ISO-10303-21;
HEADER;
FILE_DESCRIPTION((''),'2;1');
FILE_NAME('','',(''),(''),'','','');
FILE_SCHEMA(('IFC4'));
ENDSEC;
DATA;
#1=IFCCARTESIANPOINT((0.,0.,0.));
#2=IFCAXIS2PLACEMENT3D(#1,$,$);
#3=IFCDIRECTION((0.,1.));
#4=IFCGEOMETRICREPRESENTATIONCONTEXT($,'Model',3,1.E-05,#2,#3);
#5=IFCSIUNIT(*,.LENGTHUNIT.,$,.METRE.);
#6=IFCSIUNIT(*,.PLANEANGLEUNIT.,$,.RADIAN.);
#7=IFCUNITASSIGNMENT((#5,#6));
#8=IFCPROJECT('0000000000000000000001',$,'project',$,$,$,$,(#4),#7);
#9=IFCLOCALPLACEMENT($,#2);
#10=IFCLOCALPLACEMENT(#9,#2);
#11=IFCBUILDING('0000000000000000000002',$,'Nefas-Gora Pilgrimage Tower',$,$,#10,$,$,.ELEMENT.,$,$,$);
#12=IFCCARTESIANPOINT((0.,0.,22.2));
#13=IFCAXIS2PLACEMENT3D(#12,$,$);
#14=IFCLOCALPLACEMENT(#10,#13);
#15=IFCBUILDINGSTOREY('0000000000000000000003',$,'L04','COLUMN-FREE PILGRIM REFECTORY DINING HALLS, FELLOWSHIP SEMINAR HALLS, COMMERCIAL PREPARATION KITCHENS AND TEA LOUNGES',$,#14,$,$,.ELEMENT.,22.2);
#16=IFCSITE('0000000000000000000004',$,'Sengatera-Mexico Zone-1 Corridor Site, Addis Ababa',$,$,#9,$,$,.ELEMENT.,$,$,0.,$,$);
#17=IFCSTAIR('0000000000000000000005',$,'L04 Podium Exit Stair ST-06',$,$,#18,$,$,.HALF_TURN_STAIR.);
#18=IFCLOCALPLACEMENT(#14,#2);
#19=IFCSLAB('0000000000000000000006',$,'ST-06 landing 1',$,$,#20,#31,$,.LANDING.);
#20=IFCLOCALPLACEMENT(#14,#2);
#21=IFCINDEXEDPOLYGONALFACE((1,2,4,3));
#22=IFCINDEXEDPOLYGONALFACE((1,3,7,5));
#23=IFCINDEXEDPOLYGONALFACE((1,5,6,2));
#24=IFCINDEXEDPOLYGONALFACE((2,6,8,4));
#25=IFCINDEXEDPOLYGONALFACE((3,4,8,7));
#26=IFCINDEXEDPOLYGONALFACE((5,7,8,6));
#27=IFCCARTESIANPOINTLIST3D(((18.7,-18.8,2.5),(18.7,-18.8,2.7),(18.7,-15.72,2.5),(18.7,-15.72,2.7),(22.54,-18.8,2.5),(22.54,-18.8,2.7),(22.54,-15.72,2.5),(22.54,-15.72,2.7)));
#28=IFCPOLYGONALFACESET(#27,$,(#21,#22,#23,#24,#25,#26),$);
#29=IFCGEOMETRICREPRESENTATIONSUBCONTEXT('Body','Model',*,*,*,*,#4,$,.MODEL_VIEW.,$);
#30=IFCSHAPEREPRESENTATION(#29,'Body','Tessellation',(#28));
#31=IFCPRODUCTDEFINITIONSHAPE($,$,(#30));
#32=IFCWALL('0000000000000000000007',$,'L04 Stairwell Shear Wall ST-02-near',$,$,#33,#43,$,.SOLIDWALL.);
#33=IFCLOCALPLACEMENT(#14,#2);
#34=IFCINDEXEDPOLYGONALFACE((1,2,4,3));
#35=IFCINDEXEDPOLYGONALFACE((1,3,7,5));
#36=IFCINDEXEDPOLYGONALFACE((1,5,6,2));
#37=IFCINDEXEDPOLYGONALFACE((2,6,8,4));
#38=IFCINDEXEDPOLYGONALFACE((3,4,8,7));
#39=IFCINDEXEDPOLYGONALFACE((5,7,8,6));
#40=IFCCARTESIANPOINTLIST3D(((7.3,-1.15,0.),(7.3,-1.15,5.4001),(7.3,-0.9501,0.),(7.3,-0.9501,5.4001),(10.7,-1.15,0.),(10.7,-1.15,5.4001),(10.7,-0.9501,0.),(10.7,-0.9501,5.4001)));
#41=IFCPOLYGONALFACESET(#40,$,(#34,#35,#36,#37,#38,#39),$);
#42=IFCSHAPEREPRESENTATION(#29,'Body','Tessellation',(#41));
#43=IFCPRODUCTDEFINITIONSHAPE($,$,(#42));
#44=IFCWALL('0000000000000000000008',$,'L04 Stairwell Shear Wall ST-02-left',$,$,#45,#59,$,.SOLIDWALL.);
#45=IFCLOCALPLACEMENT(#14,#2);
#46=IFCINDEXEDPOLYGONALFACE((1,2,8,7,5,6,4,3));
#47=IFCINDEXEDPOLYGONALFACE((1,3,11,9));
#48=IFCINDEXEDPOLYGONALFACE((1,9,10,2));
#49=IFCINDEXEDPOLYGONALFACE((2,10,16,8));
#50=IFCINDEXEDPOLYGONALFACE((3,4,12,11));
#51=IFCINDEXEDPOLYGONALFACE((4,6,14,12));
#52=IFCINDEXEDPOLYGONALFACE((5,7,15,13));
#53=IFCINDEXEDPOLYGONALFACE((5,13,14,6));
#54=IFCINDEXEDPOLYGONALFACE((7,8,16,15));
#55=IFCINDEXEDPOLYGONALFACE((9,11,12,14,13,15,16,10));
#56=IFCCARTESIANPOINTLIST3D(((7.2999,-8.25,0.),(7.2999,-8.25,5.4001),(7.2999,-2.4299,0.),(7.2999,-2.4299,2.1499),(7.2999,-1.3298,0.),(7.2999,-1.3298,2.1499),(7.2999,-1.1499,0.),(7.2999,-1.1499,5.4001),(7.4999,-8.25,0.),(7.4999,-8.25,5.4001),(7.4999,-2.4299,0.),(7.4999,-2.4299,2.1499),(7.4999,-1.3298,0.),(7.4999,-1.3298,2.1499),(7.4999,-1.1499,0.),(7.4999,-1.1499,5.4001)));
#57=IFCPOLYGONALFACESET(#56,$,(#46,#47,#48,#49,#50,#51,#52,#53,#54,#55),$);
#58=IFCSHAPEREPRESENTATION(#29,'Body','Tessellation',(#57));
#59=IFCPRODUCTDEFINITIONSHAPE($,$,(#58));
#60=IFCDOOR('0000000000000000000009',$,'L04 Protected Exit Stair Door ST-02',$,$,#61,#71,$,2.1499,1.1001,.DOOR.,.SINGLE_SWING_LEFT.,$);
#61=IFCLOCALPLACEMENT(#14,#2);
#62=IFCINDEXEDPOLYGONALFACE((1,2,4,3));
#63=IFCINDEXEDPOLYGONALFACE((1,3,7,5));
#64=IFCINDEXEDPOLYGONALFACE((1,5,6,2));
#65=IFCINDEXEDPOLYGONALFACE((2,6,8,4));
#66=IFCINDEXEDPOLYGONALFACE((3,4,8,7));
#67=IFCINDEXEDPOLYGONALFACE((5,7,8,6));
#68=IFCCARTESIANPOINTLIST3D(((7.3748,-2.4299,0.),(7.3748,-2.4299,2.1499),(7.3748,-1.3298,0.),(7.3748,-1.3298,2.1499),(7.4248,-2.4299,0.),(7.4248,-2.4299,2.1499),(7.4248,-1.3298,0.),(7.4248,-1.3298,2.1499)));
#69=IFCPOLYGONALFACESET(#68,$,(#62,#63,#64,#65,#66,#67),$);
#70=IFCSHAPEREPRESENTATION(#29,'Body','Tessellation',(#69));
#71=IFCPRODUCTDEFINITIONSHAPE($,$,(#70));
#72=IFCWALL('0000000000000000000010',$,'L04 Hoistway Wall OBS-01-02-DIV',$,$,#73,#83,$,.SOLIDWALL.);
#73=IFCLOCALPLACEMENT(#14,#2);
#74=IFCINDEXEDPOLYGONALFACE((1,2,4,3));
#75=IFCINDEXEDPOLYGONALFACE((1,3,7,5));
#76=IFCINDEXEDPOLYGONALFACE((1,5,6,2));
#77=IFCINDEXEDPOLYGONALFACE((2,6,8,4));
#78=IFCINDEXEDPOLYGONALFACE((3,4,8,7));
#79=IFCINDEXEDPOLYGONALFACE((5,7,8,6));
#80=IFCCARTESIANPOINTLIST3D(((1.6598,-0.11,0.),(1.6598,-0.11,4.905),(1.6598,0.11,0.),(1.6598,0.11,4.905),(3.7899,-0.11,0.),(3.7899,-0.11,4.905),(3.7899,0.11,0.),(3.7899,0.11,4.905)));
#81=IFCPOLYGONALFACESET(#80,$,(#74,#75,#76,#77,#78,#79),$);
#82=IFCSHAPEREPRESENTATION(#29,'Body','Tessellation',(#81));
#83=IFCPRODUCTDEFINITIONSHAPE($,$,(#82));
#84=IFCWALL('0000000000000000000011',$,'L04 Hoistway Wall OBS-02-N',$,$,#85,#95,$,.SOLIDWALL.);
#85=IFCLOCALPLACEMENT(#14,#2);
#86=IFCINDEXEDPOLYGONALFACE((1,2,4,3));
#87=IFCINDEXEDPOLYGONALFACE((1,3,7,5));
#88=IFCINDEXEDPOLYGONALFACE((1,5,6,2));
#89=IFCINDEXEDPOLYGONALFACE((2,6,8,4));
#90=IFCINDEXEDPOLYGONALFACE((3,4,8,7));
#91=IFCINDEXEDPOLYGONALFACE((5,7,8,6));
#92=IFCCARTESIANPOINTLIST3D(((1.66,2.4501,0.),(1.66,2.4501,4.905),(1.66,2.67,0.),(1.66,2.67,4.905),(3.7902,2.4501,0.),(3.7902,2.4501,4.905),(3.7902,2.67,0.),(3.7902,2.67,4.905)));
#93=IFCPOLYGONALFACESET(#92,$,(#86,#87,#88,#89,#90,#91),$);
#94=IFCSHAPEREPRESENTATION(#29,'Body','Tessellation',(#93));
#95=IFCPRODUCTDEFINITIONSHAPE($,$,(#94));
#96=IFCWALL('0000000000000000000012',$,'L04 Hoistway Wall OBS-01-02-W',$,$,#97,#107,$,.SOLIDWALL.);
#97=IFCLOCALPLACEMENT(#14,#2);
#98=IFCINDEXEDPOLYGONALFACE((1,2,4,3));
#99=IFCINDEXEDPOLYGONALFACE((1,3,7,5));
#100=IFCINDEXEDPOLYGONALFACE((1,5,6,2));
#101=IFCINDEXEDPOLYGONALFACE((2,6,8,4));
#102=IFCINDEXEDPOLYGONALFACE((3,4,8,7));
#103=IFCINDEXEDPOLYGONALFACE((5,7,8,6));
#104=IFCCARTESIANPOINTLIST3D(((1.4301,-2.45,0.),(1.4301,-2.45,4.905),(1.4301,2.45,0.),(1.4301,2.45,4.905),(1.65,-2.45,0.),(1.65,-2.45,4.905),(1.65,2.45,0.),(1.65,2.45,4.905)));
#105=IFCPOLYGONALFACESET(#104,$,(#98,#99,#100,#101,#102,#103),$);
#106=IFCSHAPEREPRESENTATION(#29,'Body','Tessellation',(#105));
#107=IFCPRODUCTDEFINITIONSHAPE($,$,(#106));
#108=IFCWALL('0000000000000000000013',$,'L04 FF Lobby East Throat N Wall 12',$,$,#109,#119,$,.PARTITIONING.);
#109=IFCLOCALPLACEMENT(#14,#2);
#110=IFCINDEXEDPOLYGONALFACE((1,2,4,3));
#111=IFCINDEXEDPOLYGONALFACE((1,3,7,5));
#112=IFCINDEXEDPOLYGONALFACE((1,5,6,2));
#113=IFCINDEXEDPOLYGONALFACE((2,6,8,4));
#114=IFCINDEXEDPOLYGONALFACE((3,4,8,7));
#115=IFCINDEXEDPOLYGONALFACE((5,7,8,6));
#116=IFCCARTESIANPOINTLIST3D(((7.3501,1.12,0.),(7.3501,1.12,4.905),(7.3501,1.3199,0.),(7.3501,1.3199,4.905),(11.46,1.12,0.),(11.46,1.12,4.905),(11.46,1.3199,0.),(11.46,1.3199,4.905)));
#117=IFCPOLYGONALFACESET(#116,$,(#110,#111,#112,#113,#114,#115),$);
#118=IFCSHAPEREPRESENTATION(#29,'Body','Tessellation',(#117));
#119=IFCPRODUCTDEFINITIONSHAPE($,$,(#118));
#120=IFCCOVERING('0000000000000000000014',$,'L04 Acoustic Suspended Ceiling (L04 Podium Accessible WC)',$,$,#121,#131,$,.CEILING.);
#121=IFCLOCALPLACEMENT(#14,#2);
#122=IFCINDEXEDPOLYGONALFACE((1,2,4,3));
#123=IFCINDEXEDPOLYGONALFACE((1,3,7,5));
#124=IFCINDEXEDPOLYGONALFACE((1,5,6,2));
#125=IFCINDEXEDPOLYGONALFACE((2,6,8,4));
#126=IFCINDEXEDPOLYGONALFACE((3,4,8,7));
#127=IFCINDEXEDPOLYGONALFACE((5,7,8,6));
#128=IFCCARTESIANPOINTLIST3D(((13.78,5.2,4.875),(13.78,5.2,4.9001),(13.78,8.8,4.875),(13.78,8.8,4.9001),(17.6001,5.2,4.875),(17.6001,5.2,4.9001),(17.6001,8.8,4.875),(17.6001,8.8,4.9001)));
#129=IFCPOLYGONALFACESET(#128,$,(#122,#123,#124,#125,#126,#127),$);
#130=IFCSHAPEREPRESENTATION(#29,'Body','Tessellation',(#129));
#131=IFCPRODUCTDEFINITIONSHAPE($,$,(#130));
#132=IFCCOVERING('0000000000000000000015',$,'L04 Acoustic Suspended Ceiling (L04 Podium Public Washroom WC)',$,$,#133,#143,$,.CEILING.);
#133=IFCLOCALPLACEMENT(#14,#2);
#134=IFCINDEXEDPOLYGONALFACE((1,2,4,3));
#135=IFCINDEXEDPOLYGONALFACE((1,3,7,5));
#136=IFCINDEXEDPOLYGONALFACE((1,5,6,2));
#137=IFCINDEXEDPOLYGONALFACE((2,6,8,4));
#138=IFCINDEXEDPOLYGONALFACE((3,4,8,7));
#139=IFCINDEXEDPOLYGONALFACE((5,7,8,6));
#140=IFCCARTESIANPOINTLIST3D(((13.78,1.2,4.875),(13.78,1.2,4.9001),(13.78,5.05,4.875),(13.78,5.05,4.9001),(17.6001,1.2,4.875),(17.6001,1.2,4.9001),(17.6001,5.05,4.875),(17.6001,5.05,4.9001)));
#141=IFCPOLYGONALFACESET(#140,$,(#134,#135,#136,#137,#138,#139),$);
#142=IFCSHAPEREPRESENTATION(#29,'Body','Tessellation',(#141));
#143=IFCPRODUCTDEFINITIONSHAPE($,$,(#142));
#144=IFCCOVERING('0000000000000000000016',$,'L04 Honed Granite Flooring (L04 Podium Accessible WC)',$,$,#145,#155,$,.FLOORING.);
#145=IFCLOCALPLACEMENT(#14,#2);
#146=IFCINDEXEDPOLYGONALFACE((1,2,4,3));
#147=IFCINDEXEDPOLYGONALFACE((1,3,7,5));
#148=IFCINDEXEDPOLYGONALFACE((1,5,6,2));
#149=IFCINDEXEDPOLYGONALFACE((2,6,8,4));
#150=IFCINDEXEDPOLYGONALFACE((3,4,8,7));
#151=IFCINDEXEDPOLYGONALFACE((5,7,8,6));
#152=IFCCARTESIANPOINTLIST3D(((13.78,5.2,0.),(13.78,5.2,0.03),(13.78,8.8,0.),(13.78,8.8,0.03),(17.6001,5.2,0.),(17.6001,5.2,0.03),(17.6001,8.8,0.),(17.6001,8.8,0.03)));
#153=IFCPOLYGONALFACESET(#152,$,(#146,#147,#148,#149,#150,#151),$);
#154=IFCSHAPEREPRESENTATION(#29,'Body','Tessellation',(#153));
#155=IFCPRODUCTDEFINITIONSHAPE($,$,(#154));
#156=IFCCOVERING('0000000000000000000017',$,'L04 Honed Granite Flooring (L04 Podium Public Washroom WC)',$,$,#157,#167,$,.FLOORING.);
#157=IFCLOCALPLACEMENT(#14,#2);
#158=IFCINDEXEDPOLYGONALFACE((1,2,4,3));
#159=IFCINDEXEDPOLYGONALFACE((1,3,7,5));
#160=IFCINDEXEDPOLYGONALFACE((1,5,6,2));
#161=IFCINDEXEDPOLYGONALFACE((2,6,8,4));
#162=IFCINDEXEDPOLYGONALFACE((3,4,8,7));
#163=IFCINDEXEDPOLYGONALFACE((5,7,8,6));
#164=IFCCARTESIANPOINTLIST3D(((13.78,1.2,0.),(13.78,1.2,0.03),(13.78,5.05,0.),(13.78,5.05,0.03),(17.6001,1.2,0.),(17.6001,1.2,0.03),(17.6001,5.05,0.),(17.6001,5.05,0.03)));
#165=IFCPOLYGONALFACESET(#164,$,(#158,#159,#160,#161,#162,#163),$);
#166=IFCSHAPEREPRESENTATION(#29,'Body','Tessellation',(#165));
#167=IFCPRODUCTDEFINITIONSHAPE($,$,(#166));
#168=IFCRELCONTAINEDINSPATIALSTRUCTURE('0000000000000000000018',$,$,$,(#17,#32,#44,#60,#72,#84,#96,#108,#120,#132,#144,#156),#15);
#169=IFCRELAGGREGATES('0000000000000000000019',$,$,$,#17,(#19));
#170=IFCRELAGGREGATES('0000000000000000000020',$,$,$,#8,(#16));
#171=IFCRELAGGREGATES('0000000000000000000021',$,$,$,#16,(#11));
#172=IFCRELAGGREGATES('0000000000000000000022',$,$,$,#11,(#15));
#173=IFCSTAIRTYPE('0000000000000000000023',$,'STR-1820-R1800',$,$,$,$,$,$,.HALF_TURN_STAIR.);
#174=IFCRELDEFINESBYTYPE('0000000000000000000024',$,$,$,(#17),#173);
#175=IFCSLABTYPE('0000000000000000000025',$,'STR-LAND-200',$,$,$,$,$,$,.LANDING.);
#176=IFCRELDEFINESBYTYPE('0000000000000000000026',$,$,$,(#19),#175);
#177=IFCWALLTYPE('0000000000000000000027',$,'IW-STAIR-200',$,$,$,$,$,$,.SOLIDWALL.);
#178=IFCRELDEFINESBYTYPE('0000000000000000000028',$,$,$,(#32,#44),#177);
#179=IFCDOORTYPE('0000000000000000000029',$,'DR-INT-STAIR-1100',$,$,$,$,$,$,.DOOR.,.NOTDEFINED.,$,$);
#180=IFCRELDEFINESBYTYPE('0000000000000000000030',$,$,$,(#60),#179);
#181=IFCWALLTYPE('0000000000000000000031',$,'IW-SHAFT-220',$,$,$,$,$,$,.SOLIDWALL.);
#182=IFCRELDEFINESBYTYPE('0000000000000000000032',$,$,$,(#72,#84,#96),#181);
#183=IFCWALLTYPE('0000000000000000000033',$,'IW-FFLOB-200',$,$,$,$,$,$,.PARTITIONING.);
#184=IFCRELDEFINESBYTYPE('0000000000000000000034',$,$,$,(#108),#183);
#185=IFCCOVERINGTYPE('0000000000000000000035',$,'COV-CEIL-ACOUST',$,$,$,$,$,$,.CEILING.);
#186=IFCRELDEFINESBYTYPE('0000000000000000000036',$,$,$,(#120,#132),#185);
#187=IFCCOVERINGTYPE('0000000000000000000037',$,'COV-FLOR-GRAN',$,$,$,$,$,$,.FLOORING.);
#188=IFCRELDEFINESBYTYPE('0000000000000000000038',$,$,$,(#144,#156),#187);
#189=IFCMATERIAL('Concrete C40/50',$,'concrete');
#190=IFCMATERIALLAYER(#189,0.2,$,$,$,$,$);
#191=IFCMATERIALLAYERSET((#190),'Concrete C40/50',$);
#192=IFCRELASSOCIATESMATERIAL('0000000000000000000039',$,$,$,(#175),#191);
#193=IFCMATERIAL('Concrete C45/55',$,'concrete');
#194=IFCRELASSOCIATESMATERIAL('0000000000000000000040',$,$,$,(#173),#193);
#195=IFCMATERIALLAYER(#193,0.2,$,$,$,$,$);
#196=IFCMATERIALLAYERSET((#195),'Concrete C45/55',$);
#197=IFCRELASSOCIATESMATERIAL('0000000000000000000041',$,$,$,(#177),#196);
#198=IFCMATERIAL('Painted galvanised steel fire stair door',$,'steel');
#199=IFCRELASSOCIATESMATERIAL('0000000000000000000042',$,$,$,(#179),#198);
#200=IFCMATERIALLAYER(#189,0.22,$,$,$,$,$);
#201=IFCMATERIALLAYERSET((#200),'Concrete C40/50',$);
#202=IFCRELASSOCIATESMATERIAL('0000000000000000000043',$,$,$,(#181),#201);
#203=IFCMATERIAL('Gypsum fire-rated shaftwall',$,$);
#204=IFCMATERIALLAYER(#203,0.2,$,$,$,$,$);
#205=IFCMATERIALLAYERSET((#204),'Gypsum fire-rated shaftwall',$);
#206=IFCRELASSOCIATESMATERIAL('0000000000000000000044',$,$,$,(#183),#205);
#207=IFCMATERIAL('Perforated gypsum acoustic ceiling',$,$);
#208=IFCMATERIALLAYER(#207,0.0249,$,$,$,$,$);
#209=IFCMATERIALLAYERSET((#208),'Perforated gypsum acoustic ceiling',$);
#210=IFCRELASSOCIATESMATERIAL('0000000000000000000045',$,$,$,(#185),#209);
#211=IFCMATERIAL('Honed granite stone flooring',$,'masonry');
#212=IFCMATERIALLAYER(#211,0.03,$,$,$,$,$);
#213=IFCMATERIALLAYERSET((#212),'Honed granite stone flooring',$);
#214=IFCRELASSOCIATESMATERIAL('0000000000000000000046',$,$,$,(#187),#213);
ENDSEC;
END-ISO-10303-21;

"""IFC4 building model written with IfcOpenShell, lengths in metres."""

from ifc_helpers import new_model, si_unit, direction, frame, frame_2d, origin, place, context, subcontext, project, spatial, polyline, rectangle, outline, extrude, source, transform, mapped, material, layer, layer_set, type_object, element, fill, aggregate, save


model = new_model("IFC4")

# Units and contexts
model_context = context("Model", 3, precision=1e-05, world=origin(), true_north=direction((0.0, 1.0)))
body_context = subcontext(model_context, "Body", "Model", "MODEL_VIEW")
ifc_project = project(units=[si_unit("LENGTHUNIT", "METRE"), si_unit("PLANEANGLEUNIT", "RADIAN")], contexts=[model_context])

# Site, building, storey
site_placement = place(None, origin())
site = spatial("IfcSite", under=ifc_project, at=site_placement, Name="Sengatera-Mexico Zone-1 Corridor Site, Addis Ababa", CompositionType="ELEMENT", RefElevation=0.0)
building_placement = place(site_placement, origin())
building = spatial("IfcBuilding", under=site, at=building_placement, Name="Nefas-Gora Pilgrimage Tower", CompositionType="ELEMENT")
storey_placement = place(building_placement, frame((0.0, 0.0, 22.2)))
storey = spatial("IfcBuildingStorey", under=building, at=storey_placement, Name="L04", Description="COLUMN-FREE PILGRIM REFECTORY DINING HALLS, FELLOWSHIP SEMINAR HALLS, COMMERCIAL PREPARATION KITCHENS AND TEA LOUNGES", CompositionType="ELEMENT", Elevation=22.2)

# Shared definitions
ifc_material_1 = material(Name="Concrete C45/55", Category="concrete")

# Stair, slab
ifc_material_2 = material(Name="Concrete C40/50", Category="concrete")
ifc_layer_1 = layer(ifc_material_2, 0.2)
ifc_layer_set_1 = layer_set([ifc_layer_1], Name="Concrete C40/50")
slab_type_1 = type_object("IfcSlabType", Name="STR-LAND-200", PredefinedType="LANDING", material=ifc_layer_set_1)
stair_type_1 = type_object("IfcStairType", Name="STR-1820-R1800", PredefinedType="HALF_TURN_STAIR", material=ifc_material_1)
stair_1_placement = place(storey_placement, origin())
stair_1 = element("IfcStair", 1, at=stair_1_placement, inside=storey, type_object=stair_type_1, Name="L04 Podium Exit Stair ST-06", PredefinedType="HALF_TURN_STAIR")
slab_1_placement = place(storey_placement, frame((0.0, 0.0, 2.5)))
slab_1 = element("IfcSlab", 2, at=slab_1_placement, type_object=slab_type_1, Name="ST-06 landing 1", PredefinedType="LANDING", context=body_context, shape_type="SweptSolid", body=[
    extrude(outline(polyline([(18.7, -15.72), (18.7, -18.8), (22.54, -18.8), (22.54, -15.72), (18.7, -15.72)])), origin(), (0.0, 0.0, 1.0), 0.2),
])
aggregate(stair_1, [slab_1])

# Wall
ifc_layer_2 = layer(ifc_material_1, 0.2)
ifc_layer_set_2 = layer_set([ifc_layer_2], Name="Concrete C45/55")
wall_type_1 = type_object("IfcWallType", Name="IW-STAIR-200", PredefinedType="SOLIDWALL", material=ifc_layer_set_2)
shared_shape_1 = source(origin(), body_context, "Body", "SweptSolid", [
    extrude(rectangle(XDim=3.3999, YDim=0.2, at=frame_2d((1.7, 0.0))), origin(), (0.0, 0.0, 1.0), 5.4001),
])
wall_1_placement = place(storey_placement, frame((7.3, -1.05, 0.0), z_axis=(0.0, 0.0, 1.0), x_axis=(1.0, 0.0, 0.0)))
element("IfcWall", 3, at=wall_1_placement, inside=storey, type_object=wall_type_1, Name="L04 Stairwell Shear Wall ST-02-near", PredefinedType="SOLIDWALL", context=body_context, shape_type="MappedRepresentation", body=[
    mapped(shared_shape_1, transform((0.0, 0.0, 0.0), x_axis=(1.0, 0.0, 0.0), y_axis=(0.0, 1.0, 0.0), z_axis=(0.0, 0.0, 1.0), scale=1.0)),
])

# Wall, opening, door
shared_shape_2 = source(origin(), body_context, "Body", "SweptSolid", [
    extrude(rectangle(XDim=7.1001, YDim=0.2, at=frame_2d((3.55, 0.0))), origin(), (0.0, 0.0, 1.0), 5.4001),
])
wall_2_placement = place(storey_placement, frame((7.3999, -1.1499, 0.0), z_axis=(0.0, 0.0, 1.0), x_axis=(0.0, -1.0, 0.0)))
wall_2 = element("IfcWall", 4, at=wall_2_placement, inside=storey, type_object=wall_type_1, Name="L04 Stairwell Shear Wall ST-02-left", PredefinedType="SOLIDWALL", context=body_context, shape_type="MappedRepresentation", body=[
    mapped(shared_shape_2, transform((0.0, 0.0, 0.0), x_axis=(1.0, 0.0, 0.0), y_axis=(0.0, 1.0, 0.0), z_axis=(0.0, 0.0, 1.0), scale=1.0)),
])
opening_placement = place(wall_2_placement, frame((0.1799, 0.0, 0.0)))
opening = element("IfcOpeningElement", 5, at=opening_placement, cuts=wall_2, PredefinedType="OPENING", context=body_context, shape_type="SweptSolid", body=[
    extrude(rectangle(XDim=1.1001, YDim=2.1499, at=frame_2d((0.55, 1.075))), frame((0.0, 0.1099, 0.0), z_axis=(0.0, -1.0, 0.0), x_axis=(1.0, 0.0, 0.0)), (0.0, 0.0, 1.0), 0.22),
])
ifc_material_3 = material(Name="Painted galvanised steel fire stair door", Category="steel")
door_type = type_object("IfcDoorType", Name="DR-INT-STAIR-1100", OperationType="NOTDEFINED", PredefinedType="DOOR", material=ifc_material_3)
shared_shape_3 = source(origin(), body_context, "Body", "SweptSolid", [
    extrude(rectangle(XDim=1.1001, YDim=2.1499, at=frame_2d((0.55, 1.075))), frame((0.0, 0.0249, 0.0), z_axis=(0.0, -1.0, 0.0), x_axis=(1.0, 0.0, 0.0)), (0.0, 0.0, 1.0), 0.05),
])
door_placement = place(opening_placement, origin())
door = element("IfcDoor", 6, at=door_placement, inside=storey, type_object=door_type, Name="L04 Protected Exit Stair Door ST-02", OperationType="SINGLE_SWING_LEFT", OverallHeight=2.1499, OverallWidth=1.1001, PredefinedType="DOOR", context=body_context, shape_type="MappedRepresentation", body=[
    mapped(shared_shape_3, transform((0.0, 0.0, 0.0), x_axis=(1.0, 0.0, 0.0), y_axis=(0.0, 1.0, 0.0), z_axis=(0.0, 0.0, 1.0), scale=1.0)),
])
fill(opening, door)

# Walls
ifc_layer_3 = layer(ifc_material_2, 0.22)
ifc_layer_set_3 = layer_set([ifc_layer_3], Name="Concrete C40/50")
wall_type_2 = type_object("IfcWallType", Name="IW-SHAFT-220", PredefinedType="SOLIDWALL", material=ifc_layer_set_3)
shared_shape_4 = source(origin(), body_context, "Body", "SweptSolid", [
    extrude(rectangle(XDim=2.1301, YDim=0.22, at=frame_2d((1.0649, 0.0))), origin(), (0.0, 0.0, 1.0), 4.905),
])
for number, where, z_axis, x_axis, name in (
    (7, (1.6599, 0.0, 0.0), (0.0, 0.0, 1.0), (1.0, 0.0, 0.0), "L04 Hoistway Wall OBS-01-02-DIV"),
    (8, (3.79, 2.5601, 0.0), (0.0, 0.0, 1.0), (-1.0, 0.0, 0.0), "L04 Hoistway Wall OBS-02-N"),
):
    element("IfcWall", number, at=place(storey_placement, frame(where, z_axis=z_axis, x_axis=x_axis)), inside=storey, type_object=wall_type_2, Name=name, PredefinedType="SOLIDWALL", context=body_context, shape_type="MappedRepresentation", body=[
        mapped(shared_shape_4, transform((0.0, 0.0, 0.0), x_axis=(1.0, 0.0, 0.0), y_axis=(0.0, 1.0, 0.0), z_axis=(0.0, 0.0, 1.0), scale=1.0)),
    ])
shared_shape_5 = source(origin(), body_context, "Body", "SweptSolid", [
    extrude(rectangle(XDim=4.8999, YDim=0.22, at=frame_2d((2.45, 0.0))), origin(), (0.0, 0.0, 1.0), 4.905),
])
wall_3_placement = place(storey_placement, frame((1.54, 2.45, 0.0), z_axis=(0.0, 0.0, 1.0), x_axis=(0.0, -1.0, 0.0)))
element("IfcWall", 9, at=wall_3_placement, inside=storey, type_object=wall_type_2, Name="L04 Hoistway Wall OBS-01-02-W", PredefinedType="SOLIDWALL", context=body_context, shape_type="MappedRepresentation", body=[
    mapped(shared_shape_5, transform((0.0, 0.0, 0.0), x_axis=(1.0, 0.0, 0.0), y_axis=(0.0, 1.0, 0.0), z_axis=(0.0, 0.0, 1.0), scale=1.0)),
])
ifc_material_4 = material(Name="Gypsum fire-rated shaftwall")
ifc_layer_4 = layer(ifc_material_4, 0.2)
ifc_layer_set_4 = layer_set([ifc_layer_4], Name="Gypsum fire-rated shaftwall")
wall_type_3 = type_object("IfcWallType", Name="IW-FFLOB-200", PredefinedType="PARTITIONING", material=ifc_layer_set_4)
shared_shape_6 = source(origin(), body_context, "Body", "SweptSolid", [
    extrude(rectangle(XDim=4.1099, YDim=0.2, at=frame_2d((2.0549, 0.0))), origin(), (0.0, 0.0, 1.0), 4.905),
])
wall_4_placement = place(storey_placement, frame((7.3501, 1.22, 0.0), z_axis=(0.0, 0.0, 1.0), x_axis=(1.0, 0.0, 0.0)))
element("IfcWall", 10, at=wall_4_placement, inside=storey, type_object=wall_type_3, Name="L04 FF Lobby East Throat N Wall 12", PredefinedType="PARTITIONING", context=body_context, shape_type="MappedRepresentation", body=[
    mapped(shared_shape_6, transform((0.0, 0.0, 0.0), x_axis=(1.0, 0.0, 0.0), y_axis=(0.0, 1.0, 0.0), z_axis=(0.0, 0.0, 1.0), scale=1.0)),
])

# Coverings
ifc_material_5 = material(Name="Perforated gypsum acoustic ceiling")
ifc_layer_5 = layer(ifc_material_5, 0.0249)
ifc_layer_set_5 = layer_set([ifc_layer_5], Name="Perforated gypsum acoustic ceiling")
covering_type_1 = type_object("IfcCoveringType", Name="COV-CEIL-ACOUST", PredefinedType="CEILING", material=ifc_layer_set_5)
covering_1_placement = place(storey_placement, frame((0.0, 0.0, 4.875)))
element("IfcCovering", 11, at=covering_1_placement, inside=storey, type_object=covering_type_1, Name="L04 Acoustic Suspended Ceiling (L04 Podium Accessible WC)", PredefinedType="CEILING", context=body_context, shape_type="SweptSolid", body=[
    extrude(outline(polyline([(13.78, 8.8), (13.78, 5.2), (17.6001, 5.2), (17.6001, 8.8), (13.78, 8.8)])), origin(), (0.0, 0.0, 1.0), 0.0251),
])
covering_2_placement = place(storey_placement, frame((0.0, 0.0, 4.875)))
element("IfcCovering", 12, at=covering_2_placement, inside=storey, type_object=covering_type_1, Name="L04 Acoustic Suspended Ceiling (L04 Podium Public Washroom WC)", PredefinedType="CEILING", context=body_context, shape_type="SweptSolid", body=[
    extrude(outline(polyline([(13.78, 5.05), (13.78, 1.2), (17.6001, 1.2), (17.6001, 5.05), (13.78, 5.05)])), origin(), (0.0, 0.0, 1.0), 0.0251),
])
ifc_material_6 = material(Name="Honed granite stone flooring", Category="masonry")
ifc_layer_6 = layer(ifc_material_6, 0.03)
ifc_layer_set_6 = layer_set([ifc_layer_6], Name="Honed granite stone flooring")
covering_type_2 = type_object("IfcCoveringType", Name="COV-FLOR-GRAN", PredefinedType="FLOORING", material=ifc_layer_set_6)
covering_3_placement = place(storey_placement, origin())
element("IfcCovering", 13, at=covering_3_placement, inside=storey, type_object=covering_type_2, Name="L04 Honed Granite Flooring (L04 Podium Accessible WC)", PredefinedType="FLOORING", context=body_context, shape_type="SweptSolid", body=[
    extrude(outline(polyline([(13.78, 8.8), (13.78, 5.2), (17.6001, 5.2), (17.6001, 8.8), (13.78, 8.8)])), origin(), (0.0, 0.0, 1.0), 0.03),
])
covering_4_placement = place(storey_placement, origin())
element("IfcCovering", 14, at=covering_4_placement, inside=storey, type_object=covering_type_2, Name="L04 Honed Granite Flooring (L04 Podium Public Washroom WC)", PredefinedType="FLOORING", context=body_context, shape_type="SweptSolid", body=[
    extrude(outline(polyline([(13.78, 5.05), (13.78, 1.2), (17.6001, 1.2), (17.6001, 5.05), (13.78, 5.05)])), origin(), (0.0, 0.0, 1.0), 0.03),
])

save(model, "model.ifc")
